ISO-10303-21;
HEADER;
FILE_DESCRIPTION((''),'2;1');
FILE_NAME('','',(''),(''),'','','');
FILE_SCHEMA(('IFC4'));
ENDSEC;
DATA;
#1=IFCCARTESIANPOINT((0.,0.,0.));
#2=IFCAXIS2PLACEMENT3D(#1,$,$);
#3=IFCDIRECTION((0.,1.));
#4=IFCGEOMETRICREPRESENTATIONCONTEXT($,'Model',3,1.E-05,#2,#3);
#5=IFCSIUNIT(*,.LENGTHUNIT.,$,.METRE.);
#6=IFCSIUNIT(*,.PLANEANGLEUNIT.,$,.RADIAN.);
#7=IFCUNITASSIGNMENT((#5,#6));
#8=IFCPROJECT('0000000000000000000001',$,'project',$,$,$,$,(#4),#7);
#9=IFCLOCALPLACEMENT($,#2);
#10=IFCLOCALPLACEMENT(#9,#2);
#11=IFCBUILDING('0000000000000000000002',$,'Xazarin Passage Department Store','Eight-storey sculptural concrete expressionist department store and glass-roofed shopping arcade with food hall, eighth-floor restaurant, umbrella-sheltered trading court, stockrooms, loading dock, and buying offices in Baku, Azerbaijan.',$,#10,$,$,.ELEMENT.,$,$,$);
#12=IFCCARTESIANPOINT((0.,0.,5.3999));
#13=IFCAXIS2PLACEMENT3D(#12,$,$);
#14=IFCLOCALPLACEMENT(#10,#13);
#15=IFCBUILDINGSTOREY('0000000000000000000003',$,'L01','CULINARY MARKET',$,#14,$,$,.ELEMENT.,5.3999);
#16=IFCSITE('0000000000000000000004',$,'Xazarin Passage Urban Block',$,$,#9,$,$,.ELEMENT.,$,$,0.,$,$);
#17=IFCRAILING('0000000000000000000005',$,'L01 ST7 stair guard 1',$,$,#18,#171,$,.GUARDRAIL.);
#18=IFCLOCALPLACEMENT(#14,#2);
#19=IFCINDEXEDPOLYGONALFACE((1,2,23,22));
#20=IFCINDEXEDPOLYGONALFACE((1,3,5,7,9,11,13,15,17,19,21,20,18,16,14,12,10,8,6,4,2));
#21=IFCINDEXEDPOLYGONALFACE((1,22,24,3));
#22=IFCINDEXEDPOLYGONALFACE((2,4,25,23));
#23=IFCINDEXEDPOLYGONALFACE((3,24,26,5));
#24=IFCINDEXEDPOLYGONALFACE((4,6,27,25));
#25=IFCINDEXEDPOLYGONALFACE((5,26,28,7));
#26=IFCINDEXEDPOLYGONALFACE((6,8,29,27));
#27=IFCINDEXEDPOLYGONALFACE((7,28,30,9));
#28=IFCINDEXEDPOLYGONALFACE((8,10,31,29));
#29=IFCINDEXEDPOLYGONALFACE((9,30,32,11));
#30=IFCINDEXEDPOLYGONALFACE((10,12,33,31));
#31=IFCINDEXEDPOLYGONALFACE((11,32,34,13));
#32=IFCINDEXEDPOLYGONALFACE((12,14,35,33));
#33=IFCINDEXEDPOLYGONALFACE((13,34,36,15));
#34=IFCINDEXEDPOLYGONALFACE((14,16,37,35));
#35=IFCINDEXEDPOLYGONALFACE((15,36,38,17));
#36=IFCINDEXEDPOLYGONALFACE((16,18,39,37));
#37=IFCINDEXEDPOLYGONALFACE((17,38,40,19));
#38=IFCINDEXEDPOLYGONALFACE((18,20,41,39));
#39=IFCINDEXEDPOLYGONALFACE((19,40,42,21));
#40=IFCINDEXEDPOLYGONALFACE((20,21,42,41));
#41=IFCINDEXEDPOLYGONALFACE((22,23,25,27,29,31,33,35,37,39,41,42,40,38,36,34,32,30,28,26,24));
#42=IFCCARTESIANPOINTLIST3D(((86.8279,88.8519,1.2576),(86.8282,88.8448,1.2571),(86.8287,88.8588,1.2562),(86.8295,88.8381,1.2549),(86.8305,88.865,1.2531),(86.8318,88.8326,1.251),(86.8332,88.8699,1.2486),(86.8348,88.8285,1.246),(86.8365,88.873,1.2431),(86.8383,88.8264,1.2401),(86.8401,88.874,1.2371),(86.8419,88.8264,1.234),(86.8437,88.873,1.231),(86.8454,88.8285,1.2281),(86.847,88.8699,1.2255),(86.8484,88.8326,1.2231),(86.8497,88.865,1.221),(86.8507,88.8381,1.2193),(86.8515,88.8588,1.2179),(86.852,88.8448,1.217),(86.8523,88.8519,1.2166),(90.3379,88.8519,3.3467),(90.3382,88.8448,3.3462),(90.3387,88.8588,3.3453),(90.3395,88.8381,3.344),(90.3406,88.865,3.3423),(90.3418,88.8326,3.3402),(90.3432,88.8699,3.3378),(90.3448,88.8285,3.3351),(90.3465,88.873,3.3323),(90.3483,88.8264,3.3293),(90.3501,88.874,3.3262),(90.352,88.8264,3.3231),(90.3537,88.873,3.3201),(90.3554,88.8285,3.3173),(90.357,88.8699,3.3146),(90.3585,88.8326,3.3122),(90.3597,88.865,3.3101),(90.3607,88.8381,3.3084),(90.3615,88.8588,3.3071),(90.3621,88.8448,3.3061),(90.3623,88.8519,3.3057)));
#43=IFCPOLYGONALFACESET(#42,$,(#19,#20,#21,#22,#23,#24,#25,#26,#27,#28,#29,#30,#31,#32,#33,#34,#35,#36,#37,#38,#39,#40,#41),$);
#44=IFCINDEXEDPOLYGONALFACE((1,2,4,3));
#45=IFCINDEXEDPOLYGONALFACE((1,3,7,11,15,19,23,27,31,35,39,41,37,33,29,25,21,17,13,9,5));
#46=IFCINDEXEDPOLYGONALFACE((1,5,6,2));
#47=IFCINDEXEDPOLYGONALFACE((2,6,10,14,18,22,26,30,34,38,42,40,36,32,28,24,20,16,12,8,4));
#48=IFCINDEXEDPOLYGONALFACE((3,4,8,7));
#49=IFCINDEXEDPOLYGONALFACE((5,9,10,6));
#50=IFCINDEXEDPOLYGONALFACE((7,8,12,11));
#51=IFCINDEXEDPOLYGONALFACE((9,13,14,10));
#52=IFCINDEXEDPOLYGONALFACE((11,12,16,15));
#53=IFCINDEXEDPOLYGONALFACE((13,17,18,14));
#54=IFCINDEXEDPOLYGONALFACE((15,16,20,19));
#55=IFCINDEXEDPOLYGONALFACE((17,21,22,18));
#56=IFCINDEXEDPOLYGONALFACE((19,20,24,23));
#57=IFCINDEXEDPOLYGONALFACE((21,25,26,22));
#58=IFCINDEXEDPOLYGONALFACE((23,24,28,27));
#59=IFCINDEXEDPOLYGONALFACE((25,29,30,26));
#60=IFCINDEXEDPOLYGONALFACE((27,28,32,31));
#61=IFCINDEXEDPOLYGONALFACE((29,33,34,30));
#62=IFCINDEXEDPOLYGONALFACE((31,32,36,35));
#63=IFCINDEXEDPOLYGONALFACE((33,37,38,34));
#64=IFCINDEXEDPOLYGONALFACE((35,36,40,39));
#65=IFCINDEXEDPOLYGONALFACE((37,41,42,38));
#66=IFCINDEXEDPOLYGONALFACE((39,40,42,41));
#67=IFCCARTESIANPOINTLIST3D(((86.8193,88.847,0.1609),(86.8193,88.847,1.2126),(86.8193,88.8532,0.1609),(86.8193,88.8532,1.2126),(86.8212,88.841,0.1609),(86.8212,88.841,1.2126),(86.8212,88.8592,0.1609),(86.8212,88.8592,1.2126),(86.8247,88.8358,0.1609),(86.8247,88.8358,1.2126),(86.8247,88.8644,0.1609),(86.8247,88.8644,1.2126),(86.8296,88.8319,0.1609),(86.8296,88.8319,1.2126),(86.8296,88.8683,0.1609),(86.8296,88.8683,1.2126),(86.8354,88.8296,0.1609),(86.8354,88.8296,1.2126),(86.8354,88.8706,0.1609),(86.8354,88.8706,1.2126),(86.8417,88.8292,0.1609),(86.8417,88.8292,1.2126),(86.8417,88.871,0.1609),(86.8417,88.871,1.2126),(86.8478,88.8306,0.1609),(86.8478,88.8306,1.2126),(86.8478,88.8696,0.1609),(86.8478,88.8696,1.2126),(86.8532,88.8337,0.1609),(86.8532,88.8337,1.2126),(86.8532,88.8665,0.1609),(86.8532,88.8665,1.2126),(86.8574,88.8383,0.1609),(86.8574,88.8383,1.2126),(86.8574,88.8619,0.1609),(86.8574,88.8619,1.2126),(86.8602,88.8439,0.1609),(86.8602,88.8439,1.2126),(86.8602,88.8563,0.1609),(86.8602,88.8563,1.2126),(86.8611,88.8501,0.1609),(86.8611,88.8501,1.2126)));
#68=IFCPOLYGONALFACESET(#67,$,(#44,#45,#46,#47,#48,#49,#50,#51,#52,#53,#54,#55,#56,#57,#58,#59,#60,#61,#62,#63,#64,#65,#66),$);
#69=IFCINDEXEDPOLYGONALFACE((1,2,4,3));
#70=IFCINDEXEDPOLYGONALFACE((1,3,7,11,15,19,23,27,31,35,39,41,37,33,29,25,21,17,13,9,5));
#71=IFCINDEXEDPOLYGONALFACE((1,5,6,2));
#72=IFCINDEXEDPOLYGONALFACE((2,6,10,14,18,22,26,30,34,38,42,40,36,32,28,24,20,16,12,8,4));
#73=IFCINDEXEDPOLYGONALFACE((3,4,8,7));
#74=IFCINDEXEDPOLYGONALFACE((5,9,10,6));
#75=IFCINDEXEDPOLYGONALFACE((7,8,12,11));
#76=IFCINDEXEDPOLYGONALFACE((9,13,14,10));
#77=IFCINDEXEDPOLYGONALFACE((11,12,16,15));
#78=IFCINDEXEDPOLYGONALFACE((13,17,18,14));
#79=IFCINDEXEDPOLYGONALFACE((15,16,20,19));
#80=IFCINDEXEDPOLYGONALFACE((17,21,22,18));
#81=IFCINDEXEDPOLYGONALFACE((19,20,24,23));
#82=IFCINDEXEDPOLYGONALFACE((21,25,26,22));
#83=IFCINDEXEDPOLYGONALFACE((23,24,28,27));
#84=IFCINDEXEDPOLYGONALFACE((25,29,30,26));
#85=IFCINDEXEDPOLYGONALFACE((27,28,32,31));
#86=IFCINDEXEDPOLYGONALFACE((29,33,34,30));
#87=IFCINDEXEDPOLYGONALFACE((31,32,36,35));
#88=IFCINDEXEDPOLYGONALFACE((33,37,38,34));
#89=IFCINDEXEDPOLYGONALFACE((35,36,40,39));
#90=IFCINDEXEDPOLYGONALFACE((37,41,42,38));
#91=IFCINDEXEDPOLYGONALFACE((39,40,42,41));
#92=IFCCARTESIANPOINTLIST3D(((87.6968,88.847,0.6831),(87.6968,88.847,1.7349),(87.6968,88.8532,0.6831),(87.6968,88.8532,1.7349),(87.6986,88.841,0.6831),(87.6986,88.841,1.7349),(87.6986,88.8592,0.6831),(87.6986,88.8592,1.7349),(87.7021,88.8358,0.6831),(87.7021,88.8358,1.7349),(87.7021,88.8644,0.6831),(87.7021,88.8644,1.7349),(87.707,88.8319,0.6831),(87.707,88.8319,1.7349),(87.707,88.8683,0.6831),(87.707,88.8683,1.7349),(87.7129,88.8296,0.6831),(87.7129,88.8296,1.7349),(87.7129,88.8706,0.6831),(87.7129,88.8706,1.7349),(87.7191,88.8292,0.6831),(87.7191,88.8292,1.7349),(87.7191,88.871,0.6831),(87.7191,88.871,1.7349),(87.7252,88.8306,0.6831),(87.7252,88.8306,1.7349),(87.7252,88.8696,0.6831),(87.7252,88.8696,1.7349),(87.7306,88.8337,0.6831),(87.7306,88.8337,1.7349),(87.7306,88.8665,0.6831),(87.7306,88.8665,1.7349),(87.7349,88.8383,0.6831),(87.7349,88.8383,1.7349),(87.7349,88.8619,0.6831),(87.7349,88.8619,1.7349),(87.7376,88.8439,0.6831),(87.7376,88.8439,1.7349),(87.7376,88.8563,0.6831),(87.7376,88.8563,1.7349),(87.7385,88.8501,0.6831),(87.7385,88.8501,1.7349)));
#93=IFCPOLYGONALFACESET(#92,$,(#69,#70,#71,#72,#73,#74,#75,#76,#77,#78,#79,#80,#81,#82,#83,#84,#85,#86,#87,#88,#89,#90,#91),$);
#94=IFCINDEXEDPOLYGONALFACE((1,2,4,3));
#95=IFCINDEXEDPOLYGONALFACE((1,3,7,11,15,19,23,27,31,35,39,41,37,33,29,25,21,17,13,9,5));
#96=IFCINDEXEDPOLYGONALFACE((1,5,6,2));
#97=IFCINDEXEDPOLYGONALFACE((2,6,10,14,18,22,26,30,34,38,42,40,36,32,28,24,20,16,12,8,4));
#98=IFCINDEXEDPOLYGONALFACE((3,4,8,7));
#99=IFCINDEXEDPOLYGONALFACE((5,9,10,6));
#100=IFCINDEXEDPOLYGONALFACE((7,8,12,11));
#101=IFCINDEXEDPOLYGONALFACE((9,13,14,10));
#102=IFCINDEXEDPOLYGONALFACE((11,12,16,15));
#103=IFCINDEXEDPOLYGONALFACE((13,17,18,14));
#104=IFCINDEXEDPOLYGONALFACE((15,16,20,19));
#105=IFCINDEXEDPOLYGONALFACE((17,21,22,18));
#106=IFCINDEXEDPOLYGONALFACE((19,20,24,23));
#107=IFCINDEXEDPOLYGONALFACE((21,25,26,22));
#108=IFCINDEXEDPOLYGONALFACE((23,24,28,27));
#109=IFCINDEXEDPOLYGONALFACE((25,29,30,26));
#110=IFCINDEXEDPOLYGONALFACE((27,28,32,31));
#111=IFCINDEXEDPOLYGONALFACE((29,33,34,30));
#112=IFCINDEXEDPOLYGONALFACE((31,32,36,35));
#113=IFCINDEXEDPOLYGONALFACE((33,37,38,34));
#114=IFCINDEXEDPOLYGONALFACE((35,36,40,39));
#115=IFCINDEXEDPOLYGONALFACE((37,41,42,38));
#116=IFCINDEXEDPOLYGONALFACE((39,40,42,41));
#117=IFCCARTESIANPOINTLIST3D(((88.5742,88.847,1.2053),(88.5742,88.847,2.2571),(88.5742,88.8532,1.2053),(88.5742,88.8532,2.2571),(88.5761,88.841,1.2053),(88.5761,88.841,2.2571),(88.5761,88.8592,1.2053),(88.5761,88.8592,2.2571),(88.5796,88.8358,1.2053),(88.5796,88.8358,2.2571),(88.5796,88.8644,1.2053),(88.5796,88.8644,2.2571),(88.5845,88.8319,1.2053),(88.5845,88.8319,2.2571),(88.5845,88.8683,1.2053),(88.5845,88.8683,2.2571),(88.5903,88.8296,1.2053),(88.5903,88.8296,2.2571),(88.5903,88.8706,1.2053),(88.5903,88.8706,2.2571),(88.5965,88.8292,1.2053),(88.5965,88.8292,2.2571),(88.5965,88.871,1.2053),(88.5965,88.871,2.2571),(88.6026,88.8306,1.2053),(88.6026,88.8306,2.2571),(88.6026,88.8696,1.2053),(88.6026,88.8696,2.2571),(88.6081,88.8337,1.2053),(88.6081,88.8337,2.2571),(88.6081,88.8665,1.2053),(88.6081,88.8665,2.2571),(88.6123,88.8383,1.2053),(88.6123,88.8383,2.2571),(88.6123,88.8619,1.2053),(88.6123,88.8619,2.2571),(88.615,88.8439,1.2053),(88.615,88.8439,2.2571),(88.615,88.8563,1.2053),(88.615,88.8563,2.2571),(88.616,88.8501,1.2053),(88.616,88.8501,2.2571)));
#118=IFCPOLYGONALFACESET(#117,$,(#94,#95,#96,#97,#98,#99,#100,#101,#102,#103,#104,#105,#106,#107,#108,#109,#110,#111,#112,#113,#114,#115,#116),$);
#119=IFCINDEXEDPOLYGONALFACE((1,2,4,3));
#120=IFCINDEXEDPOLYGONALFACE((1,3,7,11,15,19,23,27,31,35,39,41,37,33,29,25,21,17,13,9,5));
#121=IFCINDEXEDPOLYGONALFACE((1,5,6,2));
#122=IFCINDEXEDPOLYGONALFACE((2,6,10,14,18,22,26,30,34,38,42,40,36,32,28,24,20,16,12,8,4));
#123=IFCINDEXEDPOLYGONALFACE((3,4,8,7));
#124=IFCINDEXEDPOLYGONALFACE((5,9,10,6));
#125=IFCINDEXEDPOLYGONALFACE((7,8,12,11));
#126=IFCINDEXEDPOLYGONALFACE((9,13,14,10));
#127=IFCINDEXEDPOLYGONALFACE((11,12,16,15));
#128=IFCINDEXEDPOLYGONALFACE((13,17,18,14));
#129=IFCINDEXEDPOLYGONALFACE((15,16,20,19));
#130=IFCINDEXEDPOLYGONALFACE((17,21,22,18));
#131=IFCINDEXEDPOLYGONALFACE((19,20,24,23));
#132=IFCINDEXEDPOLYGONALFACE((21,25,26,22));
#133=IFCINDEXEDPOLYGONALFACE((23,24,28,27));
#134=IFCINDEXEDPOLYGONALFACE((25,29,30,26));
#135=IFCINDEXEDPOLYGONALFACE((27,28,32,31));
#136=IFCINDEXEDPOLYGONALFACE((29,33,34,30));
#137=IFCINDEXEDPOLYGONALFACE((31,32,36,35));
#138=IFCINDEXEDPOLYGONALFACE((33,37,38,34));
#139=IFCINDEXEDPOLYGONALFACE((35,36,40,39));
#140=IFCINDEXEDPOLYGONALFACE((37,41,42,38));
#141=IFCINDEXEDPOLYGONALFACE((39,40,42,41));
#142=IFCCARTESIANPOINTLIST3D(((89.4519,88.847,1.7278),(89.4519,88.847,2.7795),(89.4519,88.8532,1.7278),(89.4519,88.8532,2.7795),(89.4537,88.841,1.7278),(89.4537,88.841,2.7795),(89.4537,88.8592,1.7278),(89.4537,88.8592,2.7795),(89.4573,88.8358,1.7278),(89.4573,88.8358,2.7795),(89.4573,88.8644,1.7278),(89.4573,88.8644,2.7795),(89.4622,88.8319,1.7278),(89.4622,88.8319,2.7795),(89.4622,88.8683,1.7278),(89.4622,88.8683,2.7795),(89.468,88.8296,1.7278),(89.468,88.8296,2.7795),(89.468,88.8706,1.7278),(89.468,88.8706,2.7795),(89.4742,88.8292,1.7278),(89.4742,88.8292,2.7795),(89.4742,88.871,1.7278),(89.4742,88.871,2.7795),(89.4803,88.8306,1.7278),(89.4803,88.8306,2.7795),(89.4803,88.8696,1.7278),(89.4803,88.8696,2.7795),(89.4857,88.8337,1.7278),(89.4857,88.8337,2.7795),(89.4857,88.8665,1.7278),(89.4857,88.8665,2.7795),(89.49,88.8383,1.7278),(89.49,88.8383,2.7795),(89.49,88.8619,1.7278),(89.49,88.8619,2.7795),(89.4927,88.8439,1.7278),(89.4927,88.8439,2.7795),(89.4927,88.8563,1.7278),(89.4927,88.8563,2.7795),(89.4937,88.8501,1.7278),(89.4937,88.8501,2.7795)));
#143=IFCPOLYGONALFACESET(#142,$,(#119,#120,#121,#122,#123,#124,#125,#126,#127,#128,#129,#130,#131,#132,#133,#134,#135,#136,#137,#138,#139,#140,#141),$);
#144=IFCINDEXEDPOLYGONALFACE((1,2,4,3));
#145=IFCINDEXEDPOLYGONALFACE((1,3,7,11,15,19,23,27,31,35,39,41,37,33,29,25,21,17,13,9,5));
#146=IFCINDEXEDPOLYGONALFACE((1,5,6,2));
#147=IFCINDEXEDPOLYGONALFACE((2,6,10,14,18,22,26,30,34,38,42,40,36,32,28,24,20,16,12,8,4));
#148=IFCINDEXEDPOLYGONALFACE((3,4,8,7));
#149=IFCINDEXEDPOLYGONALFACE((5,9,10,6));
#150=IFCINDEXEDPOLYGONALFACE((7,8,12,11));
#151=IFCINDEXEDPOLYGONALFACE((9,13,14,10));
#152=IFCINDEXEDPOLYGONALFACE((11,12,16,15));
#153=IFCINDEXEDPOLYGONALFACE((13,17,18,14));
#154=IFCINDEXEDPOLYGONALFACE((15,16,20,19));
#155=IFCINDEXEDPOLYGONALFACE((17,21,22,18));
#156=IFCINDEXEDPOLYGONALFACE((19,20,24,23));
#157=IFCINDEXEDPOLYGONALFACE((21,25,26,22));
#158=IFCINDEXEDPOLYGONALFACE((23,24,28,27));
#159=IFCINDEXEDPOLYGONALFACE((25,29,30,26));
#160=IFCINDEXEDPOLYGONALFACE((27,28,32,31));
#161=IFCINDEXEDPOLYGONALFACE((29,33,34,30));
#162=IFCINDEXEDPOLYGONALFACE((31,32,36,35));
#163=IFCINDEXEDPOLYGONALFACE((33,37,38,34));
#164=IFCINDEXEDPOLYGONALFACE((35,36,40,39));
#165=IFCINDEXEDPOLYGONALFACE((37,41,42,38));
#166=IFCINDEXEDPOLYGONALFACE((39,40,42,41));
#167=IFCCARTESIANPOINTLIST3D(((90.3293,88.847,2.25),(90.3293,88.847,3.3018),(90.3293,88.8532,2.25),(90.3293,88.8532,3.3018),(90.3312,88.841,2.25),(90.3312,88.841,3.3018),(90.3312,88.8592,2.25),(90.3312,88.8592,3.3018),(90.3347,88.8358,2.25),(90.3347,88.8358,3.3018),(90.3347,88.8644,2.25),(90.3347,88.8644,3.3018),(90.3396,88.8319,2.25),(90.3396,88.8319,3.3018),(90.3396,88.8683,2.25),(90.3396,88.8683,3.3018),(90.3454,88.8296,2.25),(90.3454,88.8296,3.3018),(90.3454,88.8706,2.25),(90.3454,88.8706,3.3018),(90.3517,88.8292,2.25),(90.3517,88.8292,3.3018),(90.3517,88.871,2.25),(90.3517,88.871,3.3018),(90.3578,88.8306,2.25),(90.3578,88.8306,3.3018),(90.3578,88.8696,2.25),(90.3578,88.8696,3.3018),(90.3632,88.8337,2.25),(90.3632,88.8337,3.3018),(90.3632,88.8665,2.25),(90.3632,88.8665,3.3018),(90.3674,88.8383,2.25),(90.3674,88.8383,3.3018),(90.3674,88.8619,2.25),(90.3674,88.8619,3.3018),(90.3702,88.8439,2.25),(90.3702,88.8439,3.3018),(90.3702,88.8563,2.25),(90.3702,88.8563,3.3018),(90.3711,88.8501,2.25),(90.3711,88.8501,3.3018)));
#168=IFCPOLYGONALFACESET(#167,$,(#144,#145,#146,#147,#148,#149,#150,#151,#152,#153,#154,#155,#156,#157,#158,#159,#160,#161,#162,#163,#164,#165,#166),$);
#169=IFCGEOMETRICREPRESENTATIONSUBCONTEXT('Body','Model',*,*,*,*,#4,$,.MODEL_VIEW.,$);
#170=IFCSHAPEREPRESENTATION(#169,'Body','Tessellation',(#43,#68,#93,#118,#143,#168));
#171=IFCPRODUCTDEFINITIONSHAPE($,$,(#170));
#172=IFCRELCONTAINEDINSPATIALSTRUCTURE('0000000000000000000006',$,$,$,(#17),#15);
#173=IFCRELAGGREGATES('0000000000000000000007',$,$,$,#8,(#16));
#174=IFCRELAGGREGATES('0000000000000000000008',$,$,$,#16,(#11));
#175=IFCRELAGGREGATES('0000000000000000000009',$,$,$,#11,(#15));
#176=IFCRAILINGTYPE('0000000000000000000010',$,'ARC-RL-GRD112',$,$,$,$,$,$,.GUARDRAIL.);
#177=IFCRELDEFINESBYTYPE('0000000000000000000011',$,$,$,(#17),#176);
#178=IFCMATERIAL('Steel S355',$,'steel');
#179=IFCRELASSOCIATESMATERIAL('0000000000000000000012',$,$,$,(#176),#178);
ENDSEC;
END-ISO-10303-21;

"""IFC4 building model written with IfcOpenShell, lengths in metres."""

from ifc_helpers import new_model, si_unit, direction, frame, origin, origin_2d, place, context, subcontext, project, spatial, circle, extrude, material, type_object, element, save


model = new_model("IFC4")

# Units and contexts
model_context = context("Model", 3, precision=1e-05, world=origin(), true_north=direction((0.0, 1.0)))
body_context = subcontext(model_context, "Body", "Model", "MODEL_VIEW")
ifc_project = project(units=[si_unit("LENGTHUNIT", "METRE"), si_unit("PLANEANGLEUNIT", "RADIAN")], contexts=[model_context])

# Site, building, storey
site_placement = place(None, origin())
site = spatial("IfcSite", under=ifc_project, at=site_placement, Name="Xazarin Passage Urban Block", CompositionType="ELEMENT", RefElevation=0.0)
building_placement = place(site_placement, origin())
building = spatial("IfcBuilding", under=site, at=building_placement, Name="Xazarin Passage Department Store", Description="Eight-storey sculptural concrete expressionist department store and glass-roofed shopping arcade with food hall, eighth-floor restaurant, umbrella-sheltered trading court, stockrooms, loading dock, and buying offices in Baku, Azerbaijan.", CompositionType="ELEMENT")
storey_placement = place(building_placement, frame((0.0, 0.0, 5.3999)))
storey = spatial("IfcBuildingStorey", under=building, at=storey_placement, Name="L01", Description="CULINARY MARKET", CompositionType="ELEMENT", Elevation=5.3999)

# Shared definitions
ifc_material_1 = material(Name="Steel S355", Category="steel")

# Railing
railing_type_1 = type_object("IfcRailingType", Name="ARC-RL-GRD112", PredefinedType="GUARDRAIL", material=ifc_material_1)
railing_1_placement = place(storey_placement, frame((86.8401, 88.8501, 0.1609)))
element("IfcRailing", 1, at=railing_1_placement, inside=storey, type_object=railing_type_1, Name="L01 ST7 stair guard 1", PredefinedType="GUARDRAIL", context=body_context, shape_type="SweptSolid", body=[
    extrude(circle(Radius=0.0239, at=origin_2d()), frame((0.0, 0.0, 1.0762), z_axis=(0.859312, 0.0, 0.511451), x_axis=(0.0, 1.0, 0.0)), (0.0, 0.0, 1.0), 4.0847),
    extrude(circle(Radius=0.021, at=origin_2d()), origin(), (0.0, 0.0, 1.0), 1.0518),
    extrude(circle(Radius=0.021, at=origin_2d()), frame((0.8774, 0.0, 0.5222)), (0.0, 0.0, 1.0), 1.0518),
    extrude(circle(Radius=0.021, at=origin_2d()), frame((1.7549, 0.0, 1.0444)), (0.0, 0.0, 1.0), 1.0518),
    extrude(circle(Radius=0.021, at=origin_2d()), frame((2.6326, 0.0, 1.5669)), (0.0, 0.0, 1.0), 1.0518),
    extrude(circle(Radius=0.021, at=origin_2d()), frame((3.51, 0.0, 2.0891)), (0.0, 0.0, 1.0), 1.0518),
])

save(model, "model.ifc")
